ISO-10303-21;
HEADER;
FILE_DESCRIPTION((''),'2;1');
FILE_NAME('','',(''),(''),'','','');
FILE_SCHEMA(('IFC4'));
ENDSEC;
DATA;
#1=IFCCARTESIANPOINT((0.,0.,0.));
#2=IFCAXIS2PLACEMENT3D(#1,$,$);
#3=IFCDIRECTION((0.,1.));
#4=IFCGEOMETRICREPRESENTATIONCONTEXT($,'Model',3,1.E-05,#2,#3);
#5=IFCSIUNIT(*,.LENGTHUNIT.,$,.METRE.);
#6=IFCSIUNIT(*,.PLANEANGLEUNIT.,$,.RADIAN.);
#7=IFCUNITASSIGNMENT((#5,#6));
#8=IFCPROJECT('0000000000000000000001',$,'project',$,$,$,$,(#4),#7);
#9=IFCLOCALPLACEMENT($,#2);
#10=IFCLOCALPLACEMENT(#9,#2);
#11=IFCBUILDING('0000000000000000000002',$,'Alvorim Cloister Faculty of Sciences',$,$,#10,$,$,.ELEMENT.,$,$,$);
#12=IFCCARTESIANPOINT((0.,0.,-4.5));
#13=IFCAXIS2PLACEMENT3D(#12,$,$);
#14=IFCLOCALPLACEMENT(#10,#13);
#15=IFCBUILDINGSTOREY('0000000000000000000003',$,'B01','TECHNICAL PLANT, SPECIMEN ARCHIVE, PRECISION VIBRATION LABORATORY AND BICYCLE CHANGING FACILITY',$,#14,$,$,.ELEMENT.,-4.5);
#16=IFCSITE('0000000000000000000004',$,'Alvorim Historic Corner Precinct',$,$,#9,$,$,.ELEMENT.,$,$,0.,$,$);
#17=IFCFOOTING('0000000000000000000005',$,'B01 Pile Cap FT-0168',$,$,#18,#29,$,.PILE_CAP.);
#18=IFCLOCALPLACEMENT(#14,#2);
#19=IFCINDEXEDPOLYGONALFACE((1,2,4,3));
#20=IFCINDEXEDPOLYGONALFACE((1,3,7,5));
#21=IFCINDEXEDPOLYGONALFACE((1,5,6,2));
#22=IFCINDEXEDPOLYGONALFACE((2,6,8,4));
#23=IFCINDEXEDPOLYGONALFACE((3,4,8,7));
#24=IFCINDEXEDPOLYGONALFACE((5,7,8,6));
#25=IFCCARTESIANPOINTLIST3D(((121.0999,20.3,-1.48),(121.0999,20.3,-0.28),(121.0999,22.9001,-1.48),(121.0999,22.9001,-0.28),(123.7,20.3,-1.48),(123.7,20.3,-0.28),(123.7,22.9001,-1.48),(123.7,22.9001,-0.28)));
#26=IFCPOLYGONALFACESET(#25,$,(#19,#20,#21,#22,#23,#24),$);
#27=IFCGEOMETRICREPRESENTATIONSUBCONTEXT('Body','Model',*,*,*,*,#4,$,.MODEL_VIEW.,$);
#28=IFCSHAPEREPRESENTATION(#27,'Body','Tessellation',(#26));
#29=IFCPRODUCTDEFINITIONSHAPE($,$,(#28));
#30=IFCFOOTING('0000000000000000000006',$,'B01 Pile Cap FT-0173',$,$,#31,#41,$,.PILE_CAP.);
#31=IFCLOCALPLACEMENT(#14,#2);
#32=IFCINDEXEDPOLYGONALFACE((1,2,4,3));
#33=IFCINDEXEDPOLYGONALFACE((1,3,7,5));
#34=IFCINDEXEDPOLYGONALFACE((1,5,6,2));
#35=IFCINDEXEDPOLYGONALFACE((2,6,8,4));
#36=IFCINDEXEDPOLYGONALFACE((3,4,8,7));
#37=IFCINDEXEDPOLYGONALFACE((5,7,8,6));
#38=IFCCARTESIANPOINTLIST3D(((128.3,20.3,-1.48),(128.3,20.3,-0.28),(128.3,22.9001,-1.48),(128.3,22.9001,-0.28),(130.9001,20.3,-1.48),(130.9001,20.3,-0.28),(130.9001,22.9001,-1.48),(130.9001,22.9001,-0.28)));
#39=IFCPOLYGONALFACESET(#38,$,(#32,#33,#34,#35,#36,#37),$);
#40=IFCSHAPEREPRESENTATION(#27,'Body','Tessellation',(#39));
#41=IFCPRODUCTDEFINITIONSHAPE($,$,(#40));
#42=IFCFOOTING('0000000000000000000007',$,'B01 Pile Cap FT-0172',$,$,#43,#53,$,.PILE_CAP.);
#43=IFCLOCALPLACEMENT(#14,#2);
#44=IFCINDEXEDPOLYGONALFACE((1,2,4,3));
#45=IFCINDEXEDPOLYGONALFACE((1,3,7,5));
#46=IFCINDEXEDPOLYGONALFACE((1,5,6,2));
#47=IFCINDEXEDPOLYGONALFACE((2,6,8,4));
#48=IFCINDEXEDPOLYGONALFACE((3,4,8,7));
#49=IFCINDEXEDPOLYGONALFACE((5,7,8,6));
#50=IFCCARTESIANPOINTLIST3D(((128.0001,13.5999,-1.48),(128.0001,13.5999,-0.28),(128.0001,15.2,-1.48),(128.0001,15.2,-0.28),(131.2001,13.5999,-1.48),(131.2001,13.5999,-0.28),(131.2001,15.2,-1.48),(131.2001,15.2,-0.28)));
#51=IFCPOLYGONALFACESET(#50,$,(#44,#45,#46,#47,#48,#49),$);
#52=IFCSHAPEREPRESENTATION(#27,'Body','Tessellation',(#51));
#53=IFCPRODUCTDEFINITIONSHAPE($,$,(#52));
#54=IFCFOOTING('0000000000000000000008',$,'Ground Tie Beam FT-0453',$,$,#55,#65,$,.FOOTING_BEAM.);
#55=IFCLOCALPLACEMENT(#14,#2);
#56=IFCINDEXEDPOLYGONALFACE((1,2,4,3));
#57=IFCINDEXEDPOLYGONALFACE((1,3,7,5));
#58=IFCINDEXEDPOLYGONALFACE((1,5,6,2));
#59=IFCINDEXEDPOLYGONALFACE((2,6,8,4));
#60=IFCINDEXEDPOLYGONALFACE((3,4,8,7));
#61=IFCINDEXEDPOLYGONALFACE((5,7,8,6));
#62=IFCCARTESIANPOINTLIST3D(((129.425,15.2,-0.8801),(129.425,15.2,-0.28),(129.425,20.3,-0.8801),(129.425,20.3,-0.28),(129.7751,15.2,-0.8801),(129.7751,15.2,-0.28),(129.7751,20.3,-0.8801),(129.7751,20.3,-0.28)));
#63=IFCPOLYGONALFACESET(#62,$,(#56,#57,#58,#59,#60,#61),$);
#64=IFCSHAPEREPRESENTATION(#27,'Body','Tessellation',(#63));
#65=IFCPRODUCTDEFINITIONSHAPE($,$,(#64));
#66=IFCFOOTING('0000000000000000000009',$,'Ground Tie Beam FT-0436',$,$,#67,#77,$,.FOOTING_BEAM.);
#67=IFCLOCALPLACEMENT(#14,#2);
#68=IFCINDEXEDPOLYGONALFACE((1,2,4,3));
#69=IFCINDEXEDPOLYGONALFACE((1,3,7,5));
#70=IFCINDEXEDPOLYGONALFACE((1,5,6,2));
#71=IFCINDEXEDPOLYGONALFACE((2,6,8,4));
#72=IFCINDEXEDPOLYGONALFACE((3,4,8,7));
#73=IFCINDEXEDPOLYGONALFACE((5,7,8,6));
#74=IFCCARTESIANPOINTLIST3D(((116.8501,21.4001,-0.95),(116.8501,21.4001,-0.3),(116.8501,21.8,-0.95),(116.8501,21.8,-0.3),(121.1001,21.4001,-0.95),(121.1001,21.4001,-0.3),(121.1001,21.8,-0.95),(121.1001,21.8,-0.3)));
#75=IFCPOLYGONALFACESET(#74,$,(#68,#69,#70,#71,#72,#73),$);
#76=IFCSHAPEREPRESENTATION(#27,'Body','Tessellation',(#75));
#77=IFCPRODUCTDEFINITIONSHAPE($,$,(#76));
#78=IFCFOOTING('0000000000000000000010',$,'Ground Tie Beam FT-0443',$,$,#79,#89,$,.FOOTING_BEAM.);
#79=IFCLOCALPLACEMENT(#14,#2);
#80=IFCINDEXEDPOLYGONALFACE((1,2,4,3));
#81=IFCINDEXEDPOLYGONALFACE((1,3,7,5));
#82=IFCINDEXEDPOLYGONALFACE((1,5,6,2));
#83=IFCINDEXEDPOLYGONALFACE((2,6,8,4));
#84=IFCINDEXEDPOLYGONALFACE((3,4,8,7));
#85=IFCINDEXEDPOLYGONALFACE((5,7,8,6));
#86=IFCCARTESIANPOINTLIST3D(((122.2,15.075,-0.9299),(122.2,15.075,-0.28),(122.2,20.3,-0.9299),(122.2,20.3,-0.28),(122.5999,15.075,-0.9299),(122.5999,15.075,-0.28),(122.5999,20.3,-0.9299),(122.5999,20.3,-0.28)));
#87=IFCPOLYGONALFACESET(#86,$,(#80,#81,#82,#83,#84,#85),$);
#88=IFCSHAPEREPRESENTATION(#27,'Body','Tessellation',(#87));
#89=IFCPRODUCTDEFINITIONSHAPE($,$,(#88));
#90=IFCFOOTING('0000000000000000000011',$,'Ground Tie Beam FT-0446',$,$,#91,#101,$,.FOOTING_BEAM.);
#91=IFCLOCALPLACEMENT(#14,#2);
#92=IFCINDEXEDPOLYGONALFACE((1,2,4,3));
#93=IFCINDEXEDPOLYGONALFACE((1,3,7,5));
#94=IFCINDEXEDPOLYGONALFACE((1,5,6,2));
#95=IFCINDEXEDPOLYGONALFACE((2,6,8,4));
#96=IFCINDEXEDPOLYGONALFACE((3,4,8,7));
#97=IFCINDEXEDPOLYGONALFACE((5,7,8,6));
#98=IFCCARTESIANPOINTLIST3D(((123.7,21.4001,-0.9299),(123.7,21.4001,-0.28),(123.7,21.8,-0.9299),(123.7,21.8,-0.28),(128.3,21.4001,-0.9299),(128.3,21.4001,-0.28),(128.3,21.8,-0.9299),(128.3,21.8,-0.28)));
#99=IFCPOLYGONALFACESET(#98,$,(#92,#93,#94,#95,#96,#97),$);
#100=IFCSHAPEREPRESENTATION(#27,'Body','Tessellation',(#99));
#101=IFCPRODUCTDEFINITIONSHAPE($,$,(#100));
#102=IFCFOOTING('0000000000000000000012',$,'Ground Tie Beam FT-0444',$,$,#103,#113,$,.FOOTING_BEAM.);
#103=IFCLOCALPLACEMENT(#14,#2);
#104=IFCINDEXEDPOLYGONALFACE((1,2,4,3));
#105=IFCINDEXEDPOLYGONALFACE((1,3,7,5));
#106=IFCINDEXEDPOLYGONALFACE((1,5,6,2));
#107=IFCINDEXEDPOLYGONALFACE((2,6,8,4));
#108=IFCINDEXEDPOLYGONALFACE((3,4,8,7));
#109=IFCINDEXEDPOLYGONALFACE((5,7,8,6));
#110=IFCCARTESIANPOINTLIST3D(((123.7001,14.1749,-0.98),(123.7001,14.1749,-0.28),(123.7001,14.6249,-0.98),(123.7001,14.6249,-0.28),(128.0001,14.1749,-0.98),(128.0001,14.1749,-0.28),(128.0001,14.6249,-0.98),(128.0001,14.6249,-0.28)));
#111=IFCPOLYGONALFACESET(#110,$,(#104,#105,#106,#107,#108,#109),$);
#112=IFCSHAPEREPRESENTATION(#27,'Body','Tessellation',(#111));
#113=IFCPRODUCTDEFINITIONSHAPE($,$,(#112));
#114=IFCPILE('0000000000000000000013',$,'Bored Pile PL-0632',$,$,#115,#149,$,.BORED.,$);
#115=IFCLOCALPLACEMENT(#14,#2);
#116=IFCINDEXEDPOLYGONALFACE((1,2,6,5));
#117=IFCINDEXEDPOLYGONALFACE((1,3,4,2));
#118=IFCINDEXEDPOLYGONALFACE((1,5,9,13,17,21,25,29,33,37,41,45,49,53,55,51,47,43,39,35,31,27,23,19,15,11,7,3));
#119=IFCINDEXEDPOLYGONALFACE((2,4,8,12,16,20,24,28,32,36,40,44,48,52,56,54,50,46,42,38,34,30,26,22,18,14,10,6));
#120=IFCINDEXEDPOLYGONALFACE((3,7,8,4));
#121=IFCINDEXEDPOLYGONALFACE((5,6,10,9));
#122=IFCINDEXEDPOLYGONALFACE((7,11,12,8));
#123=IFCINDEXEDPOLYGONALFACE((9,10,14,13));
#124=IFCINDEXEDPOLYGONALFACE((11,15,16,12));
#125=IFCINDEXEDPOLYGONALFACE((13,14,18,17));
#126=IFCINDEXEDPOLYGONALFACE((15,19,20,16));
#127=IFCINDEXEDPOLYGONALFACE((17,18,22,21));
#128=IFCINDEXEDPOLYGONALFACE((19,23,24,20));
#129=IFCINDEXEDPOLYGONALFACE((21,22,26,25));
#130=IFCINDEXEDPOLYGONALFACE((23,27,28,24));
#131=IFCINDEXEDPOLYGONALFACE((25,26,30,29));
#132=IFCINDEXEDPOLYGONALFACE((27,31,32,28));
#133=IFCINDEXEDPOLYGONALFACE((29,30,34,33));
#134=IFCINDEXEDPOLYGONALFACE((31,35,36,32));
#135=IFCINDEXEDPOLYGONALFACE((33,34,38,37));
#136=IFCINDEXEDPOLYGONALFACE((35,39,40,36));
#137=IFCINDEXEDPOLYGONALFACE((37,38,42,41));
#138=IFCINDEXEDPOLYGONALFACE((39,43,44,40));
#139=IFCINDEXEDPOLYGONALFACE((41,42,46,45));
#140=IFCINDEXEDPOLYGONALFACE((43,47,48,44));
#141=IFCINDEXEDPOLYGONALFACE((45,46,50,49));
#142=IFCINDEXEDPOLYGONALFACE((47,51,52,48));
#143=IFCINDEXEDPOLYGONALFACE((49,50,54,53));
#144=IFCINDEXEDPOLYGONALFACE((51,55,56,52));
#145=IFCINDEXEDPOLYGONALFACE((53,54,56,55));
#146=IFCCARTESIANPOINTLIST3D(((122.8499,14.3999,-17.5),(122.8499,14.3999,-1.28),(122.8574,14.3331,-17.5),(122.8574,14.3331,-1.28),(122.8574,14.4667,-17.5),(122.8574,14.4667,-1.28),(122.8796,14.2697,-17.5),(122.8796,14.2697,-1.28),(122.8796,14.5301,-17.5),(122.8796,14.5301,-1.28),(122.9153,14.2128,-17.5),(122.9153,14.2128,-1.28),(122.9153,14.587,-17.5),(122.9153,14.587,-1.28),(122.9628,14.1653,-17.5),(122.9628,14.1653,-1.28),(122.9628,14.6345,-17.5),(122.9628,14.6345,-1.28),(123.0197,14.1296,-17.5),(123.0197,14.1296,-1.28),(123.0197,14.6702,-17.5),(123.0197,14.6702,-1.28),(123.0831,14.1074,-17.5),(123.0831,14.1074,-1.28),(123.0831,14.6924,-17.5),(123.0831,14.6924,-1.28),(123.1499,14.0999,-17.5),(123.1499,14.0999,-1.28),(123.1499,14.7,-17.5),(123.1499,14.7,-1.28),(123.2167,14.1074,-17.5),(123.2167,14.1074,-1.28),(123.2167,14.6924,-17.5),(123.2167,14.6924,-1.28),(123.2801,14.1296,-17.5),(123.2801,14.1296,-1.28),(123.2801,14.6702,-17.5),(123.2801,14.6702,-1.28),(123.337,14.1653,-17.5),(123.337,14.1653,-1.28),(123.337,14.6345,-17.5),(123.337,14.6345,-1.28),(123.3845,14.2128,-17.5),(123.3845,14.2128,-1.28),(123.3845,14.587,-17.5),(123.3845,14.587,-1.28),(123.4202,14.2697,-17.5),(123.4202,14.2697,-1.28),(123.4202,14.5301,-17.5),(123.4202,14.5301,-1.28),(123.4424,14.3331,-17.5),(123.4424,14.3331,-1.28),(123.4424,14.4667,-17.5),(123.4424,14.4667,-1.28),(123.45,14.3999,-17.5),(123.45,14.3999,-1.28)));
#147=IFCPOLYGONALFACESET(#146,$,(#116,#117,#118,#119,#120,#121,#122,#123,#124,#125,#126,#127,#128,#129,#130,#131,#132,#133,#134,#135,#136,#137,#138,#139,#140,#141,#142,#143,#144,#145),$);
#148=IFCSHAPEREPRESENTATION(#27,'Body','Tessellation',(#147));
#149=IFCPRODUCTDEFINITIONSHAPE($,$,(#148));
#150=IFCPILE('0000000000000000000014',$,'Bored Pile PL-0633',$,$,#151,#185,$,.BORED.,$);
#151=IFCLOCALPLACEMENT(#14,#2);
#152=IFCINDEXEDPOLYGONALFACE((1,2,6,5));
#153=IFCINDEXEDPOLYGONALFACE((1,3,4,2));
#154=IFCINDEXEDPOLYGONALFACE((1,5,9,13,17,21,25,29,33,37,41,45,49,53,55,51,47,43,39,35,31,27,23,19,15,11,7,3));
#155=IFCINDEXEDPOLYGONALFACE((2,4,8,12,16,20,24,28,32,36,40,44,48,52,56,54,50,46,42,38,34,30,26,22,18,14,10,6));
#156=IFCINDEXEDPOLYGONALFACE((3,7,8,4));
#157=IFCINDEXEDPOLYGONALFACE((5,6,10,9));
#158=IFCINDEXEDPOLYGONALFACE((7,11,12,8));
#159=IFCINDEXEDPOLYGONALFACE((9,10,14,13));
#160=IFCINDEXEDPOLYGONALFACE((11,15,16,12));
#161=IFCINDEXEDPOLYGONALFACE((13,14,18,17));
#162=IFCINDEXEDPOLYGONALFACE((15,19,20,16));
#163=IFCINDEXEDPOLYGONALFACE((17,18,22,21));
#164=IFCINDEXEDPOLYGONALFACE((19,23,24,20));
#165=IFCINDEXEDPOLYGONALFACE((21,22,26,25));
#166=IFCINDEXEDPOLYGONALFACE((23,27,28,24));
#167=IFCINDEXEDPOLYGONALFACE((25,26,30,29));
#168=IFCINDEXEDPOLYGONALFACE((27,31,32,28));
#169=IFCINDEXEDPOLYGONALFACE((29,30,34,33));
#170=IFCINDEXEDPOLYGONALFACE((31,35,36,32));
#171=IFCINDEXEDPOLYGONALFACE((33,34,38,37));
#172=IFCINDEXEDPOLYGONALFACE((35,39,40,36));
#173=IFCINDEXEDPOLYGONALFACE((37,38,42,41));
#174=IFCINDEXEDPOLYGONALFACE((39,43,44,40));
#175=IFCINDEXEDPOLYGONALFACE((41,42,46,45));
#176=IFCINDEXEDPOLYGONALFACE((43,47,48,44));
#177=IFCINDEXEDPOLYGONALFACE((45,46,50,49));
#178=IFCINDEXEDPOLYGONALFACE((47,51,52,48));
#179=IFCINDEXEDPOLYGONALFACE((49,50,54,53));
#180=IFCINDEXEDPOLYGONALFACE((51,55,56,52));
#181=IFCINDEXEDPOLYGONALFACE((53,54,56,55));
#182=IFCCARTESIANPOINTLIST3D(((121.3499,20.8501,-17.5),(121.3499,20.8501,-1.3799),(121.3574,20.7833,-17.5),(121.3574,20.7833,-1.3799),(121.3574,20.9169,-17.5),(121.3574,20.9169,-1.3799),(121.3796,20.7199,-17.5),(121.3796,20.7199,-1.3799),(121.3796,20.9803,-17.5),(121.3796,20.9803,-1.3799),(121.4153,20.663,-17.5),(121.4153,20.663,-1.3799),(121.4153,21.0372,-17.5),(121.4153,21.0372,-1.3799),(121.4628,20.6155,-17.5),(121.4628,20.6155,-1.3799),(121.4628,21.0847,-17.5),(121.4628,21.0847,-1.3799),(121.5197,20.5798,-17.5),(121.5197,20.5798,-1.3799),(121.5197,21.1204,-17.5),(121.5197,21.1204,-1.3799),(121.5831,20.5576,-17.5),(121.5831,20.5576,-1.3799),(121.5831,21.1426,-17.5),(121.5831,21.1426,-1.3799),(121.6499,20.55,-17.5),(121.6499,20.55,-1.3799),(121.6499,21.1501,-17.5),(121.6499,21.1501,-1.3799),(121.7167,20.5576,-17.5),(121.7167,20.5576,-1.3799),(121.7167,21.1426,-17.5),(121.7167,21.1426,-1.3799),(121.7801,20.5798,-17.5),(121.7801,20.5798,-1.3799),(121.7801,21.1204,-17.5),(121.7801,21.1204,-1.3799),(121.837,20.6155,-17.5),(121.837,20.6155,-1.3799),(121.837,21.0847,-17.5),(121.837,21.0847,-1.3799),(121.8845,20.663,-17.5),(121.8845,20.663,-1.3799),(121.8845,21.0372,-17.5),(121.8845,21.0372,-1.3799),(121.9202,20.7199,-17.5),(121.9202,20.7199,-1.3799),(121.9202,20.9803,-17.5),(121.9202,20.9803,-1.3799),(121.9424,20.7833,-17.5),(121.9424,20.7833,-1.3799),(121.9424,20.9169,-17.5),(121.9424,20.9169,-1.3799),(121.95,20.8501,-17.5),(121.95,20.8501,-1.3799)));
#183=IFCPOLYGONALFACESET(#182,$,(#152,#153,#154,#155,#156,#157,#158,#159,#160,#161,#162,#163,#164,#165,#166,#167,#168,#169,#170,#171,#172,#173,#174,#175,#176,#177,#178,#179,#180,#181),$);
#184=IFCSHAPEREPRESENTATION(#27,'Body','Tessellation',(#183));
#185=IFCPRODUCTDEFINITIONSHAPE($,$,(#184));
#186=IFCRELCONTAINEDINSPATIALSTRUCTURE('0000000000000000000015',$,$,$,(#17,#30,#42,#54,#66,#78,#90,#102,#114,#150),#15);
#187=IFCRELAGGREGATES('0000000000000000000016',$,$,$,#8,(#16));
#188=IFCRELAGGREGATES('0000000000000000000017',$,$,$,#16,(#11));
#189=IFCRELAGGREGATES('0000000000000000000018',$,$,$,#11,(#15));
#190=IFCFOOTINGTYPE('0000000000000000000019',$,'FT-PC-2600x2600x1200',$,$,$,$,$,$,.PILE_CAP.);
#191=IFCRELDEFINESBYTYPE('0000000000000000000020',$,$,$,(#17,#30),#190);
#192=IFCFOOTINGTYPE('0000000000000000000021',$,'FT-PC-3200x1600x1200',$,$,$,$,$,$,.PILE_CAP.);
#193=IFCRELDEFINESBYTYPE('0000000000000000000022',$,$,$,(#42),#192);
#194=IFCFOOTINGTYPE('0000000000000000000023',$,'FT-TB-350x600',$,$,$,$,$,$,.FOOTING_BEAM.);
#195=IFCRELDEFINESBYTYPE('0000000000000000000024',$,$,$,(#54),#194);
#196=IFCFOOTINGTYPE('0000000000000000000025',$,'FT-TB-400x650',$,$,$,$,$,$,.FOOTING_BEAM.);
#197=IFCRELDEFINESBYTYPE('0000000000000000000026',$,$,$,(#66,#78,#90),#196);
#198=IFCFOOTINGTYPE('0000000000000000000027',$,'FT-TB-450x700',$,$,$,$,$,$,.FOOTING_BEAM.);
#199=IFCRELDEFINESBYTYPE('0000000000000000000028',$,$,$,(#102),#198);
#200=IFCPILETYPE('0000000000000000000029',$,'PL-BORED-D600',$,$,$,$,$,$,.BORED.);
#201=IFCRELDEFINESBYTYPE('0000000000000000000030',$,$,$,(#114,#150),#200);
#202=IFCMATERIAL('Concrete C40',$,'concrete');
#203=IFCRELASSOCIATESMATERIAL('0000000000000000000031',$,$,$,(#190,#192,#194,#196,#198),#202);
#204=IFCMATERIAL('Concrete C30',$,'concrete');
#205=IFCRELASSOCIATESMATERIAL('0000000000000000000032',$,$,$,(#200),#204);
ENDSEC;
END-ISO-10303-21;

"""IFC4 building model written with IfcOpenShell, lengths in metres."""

from ifc_helpers import new_model, si_unit, direction, frame, origin, origin_2d, place, context, subcontext, project, spatial, rectangle, circle, extrude, material, material_profile, profile_set, type_object, element, save


model = new_model("IFC4")

# Units and contexts
model_context = context("Model", 3, precision=1e-05, world=origin(), true_north=direction((0.0, 1.0)))
body_context = subcontext(model_context, "Body", "Model", "MODEL_VIEW")
ifc_project = project(units=[si_unit("LENGTHUNIT", "METRE"), si_unit("PLANEANGLEUNIT", "RADIAN")], contexts=[model_context])

# Site, building, storey
site_placement = place(None, origin())
site = spatial("IfcSite", under=ifc_project, at=site_placement, Name="Alvorim Historic Corner Precinct", CompositionType="ELEMENT", RefElevation=0.0)
building_placement = place(site_placement, origin())
building = spatial("IfcBuilding", under=site, at=building_placement, Name="Alvorim Cloister Faculty of Sciences", CompositionType="ELEMENT")
storey_placement = place(building_placement, frame((0.0, 0.0, -4.5)))
storey = spatial("IfcBuildingStorey", under=building, at=storey_placement, Name="B01", Description="TECHNICAL PLANT, SPECIMEN ARCHIVE, PRECISION VIBRATION LABORATORY AND BICYCLE CHANGING FACILITY", CompositionType="ELEMENT", Elevation=-4.5)

# Footings
ifc_material_1 = material(Name="Concrete C40", Category="concrete")
footing_type_1 = type_object("IfcFootingType", Name="FT-PC-2600x2600x1200", PredefinedType="PILE_CAP", material=ifc_material_1)
for number, where, z_axis, x_axis, name in (
    (1, (122.3999, 21.6001, -1.48), (0.0, 0.0, 1.0), (1.0, 0.0, 0.0), "B01 Pile Cap FT-0168"),
    (2, (129.6001, 21.6001, -1.48), (0.0, 0.0, 1.0), (1.0, 0.0, 0.0), "B01 Pile Cap FT-0173"),
):
    element("IfcFooting", number, at=place(storey_placement, frame(where, z_axis=z_axis, x_axis=x_axis)), inside=storey, type_object=footing_type_1, Name=name, PredefinedType="PILE_CAP", context=body_context, shape_type="SweptSolid", body=[
        extrude(rectangle(XDim=2.6001, YDim=2.6001, at=origin_2d()), origin(), (0.0, 0.0, 1.0), 1.2),
    ])
footing_type_2 = type_object("IfcFootingType", Name="FT-PC-3200x1600x1200", PredefinedType="PILE_CAP", material=ifc_material_1)
footing_1_placement = place(storey_placement, frame((129.6001, 14.3999, -1.48), z_axis=(0.0, 0.0, 1.0), x_axis=(1.0, 0.0, 0.0)))
element("IfcFooting", 3, at=footing_1_placement, inside=storey, type_object=footing_type_2, Name="B01 Pile Cap FT-0172", PredefinedType="PILE_CAP", context=body_context, shape_type="SweptSolid", body=[
    extrude(rectangle(XDim=3.2, YDim=1.6001, at=origin_2d()), origin(), (0.0, 0.0, 1.0), 1.2),
])
footing_type_3 = type_object("IfcFootingType", Name="FT-TB-350x600", PredefinedType="FOOTING_BEAM", material=ifc_material_1)
footing_2_placement = place(storey_placement, frame((129.6001, 17.75, -0.8801), z_axis=(0.0, 0.0, 1.0), x_axis=(1.0, 0.0, 0.0)))
element("IfcFooting", 4, at=footing_2_placement, inside=storey, type_object=footing_type_3, Name="Ground Tie Beam FT-0453", PredefinedType="FOOTING_BEAM", context=body_context, shape_type="SweptSolid", body=[
    extrude(rectangle(XDim=0.3501, YDim=5.1001, at=origin_2d()), origin(), (0.0, 0.0, 1.0), 0.6001),
])
footing_type_4 = type_object("IfcFootingType", Name="FT-TB-400x650", PredefinedType="FOOTING_BEAM", material=ifc_material_1)
footing_3_placement = place(storey_placement, frame((118.9751, 21.6001, -0.95), z_axis=(0.0, 0.0, 1.0), x_axis=(1.0, 0.0, 0.0)))
element("IfcFooting", 5, at=footing_3_placement, inside=storey, type_object=footing_type_4, Name="Ground Tie Beam FT-0436", PredefinedType="FOOTING_BEAM", context=body_context, shape_type="SweptSolid", body=[
    extrude(rectangle(XDim=4.25, YDim=0.3999, at=origin_2d()), origin(), (0.0, 0.0, 1.0), 0.6499),
])
footing_4_placement = place(storey_placement, frame((122.3999, 17.6875, -0.9299), z_axis=(0.0, 0.0, 1.0), x_axis=(1.0, 0.0, 0.0)))
element("IfcFooting", 6, at=footing_4_placement, inside=storey, type_object=footing_type_4, Name="Ground Tie Beam FT-0443", PredefinedType="FOOTING_BEAM", context=body_context, shape_type="SweptSolid", body=[
    extrude(rectangle(XDim=0.3999, YDim=5.2251, at=origin_2d()), origin(), (0.0, 0.0, 1.0), 0.6499),
])
footing_5_placement = place(storey_placement, frame((126.0, 21.6001, -0.9299), z_axis=(0.0, 0.0, 1.0), x_axis=(1.0, 0.0, 0.0)))
element("IfcFooting", 7, at=footing_5_placement, inside=storey, type_object=footing_type_4, Name="Ground Tie Beam FT-0446", PredefinedType="FOOTING_BEAM", context=body_context, shape_type="SweptSolid", body=[
    extrude(rectangle(XDim=4.6001, YDim=0.3999, at=origin_2d()), origin(), (0.0, 0.0, 1.0), 0.6499),
])
footing_type_5 = type_object("IfcFootingType", Name="FT-TB-450x700", PredefinedType="FOOTING_BEAM", material=ifc_material_1)
footing_6_placement = place(storey_placement, frame((125.8501, 14.3999, -0.98), z_axis=(0.0, 0.0, 1.0), x_axis=(1.0, 0.0, 0.0)))
element("IfcFooting", 8, at=footing_6_placement, inside=storey, type_object=footing_type_5, Name="Ground Tie Beam FT-0444", PredefinedType="FOOTING_BEAM", context=body_context, shape_type="SweptSolid", body=[
    extrude(rectangle(XDim=4.3, YDim=0.45, at=origin_2d()), origin(), (0.0, 0.0, 1.0), 0.7),
])

# Piles
ifc_material_2 = material(Name="Concrete C30", Category="concrete")
ifc_material_profile_1 = material_profile(ifc_material_2, circle(Radius=0.3, at=origin_2d()), Name="PILE-D600")
ifc_profile_set_1 = profile_set([ifc_material_profile_1], Name="Concrete C30")
pile_type_1 = type_object("IfcPileType", Name="PL-BORED-D600", PredefinedType="BORED", material=ifc_profile_set_1)
pile_1_placement = place(storey_placement, frame((123.1499, 14.3999, -1.28), z_axis=(0.0, 0.0, -1.0), x_axis=(1.0, 0.0, 0.0)))
element("IfcPile", 9, at=pile_1_placement, inside=storey, type_object=pile_type_1, Name="Bored Pile PL-0632", PredefinedType="BORED", context=body_context, shape_type="SweptSolid", body=[
    extrude(circle(Radius=0.3, at=origin_2d()), origin(), (0.0, 0.0, 1.0), 16.22),
])
for number, where, z_axis, x_axis, name in (
    (10, (121.6499, 20.8501, -1.3799), (0.0, 0.0, -1.0), (1.0, 0.0, 0.0), "Bored Pile PL-0633"),
):
    element("IfcPile", number, at=place(storey_placement, frame(where, z_axis=z_axis, x_axis=x_axis)), inside=storey, type_object=pile_type_1, Name=name, PredefinedType="BORED", context=body_context, shape_type="SweptSolid", body=[
        extrude(circle(Radius=0.3, at=origin_2d()), origin(), (0.0, 0.0, 1.0), 16.1201),
    ])

save(model, "model.ifc")
